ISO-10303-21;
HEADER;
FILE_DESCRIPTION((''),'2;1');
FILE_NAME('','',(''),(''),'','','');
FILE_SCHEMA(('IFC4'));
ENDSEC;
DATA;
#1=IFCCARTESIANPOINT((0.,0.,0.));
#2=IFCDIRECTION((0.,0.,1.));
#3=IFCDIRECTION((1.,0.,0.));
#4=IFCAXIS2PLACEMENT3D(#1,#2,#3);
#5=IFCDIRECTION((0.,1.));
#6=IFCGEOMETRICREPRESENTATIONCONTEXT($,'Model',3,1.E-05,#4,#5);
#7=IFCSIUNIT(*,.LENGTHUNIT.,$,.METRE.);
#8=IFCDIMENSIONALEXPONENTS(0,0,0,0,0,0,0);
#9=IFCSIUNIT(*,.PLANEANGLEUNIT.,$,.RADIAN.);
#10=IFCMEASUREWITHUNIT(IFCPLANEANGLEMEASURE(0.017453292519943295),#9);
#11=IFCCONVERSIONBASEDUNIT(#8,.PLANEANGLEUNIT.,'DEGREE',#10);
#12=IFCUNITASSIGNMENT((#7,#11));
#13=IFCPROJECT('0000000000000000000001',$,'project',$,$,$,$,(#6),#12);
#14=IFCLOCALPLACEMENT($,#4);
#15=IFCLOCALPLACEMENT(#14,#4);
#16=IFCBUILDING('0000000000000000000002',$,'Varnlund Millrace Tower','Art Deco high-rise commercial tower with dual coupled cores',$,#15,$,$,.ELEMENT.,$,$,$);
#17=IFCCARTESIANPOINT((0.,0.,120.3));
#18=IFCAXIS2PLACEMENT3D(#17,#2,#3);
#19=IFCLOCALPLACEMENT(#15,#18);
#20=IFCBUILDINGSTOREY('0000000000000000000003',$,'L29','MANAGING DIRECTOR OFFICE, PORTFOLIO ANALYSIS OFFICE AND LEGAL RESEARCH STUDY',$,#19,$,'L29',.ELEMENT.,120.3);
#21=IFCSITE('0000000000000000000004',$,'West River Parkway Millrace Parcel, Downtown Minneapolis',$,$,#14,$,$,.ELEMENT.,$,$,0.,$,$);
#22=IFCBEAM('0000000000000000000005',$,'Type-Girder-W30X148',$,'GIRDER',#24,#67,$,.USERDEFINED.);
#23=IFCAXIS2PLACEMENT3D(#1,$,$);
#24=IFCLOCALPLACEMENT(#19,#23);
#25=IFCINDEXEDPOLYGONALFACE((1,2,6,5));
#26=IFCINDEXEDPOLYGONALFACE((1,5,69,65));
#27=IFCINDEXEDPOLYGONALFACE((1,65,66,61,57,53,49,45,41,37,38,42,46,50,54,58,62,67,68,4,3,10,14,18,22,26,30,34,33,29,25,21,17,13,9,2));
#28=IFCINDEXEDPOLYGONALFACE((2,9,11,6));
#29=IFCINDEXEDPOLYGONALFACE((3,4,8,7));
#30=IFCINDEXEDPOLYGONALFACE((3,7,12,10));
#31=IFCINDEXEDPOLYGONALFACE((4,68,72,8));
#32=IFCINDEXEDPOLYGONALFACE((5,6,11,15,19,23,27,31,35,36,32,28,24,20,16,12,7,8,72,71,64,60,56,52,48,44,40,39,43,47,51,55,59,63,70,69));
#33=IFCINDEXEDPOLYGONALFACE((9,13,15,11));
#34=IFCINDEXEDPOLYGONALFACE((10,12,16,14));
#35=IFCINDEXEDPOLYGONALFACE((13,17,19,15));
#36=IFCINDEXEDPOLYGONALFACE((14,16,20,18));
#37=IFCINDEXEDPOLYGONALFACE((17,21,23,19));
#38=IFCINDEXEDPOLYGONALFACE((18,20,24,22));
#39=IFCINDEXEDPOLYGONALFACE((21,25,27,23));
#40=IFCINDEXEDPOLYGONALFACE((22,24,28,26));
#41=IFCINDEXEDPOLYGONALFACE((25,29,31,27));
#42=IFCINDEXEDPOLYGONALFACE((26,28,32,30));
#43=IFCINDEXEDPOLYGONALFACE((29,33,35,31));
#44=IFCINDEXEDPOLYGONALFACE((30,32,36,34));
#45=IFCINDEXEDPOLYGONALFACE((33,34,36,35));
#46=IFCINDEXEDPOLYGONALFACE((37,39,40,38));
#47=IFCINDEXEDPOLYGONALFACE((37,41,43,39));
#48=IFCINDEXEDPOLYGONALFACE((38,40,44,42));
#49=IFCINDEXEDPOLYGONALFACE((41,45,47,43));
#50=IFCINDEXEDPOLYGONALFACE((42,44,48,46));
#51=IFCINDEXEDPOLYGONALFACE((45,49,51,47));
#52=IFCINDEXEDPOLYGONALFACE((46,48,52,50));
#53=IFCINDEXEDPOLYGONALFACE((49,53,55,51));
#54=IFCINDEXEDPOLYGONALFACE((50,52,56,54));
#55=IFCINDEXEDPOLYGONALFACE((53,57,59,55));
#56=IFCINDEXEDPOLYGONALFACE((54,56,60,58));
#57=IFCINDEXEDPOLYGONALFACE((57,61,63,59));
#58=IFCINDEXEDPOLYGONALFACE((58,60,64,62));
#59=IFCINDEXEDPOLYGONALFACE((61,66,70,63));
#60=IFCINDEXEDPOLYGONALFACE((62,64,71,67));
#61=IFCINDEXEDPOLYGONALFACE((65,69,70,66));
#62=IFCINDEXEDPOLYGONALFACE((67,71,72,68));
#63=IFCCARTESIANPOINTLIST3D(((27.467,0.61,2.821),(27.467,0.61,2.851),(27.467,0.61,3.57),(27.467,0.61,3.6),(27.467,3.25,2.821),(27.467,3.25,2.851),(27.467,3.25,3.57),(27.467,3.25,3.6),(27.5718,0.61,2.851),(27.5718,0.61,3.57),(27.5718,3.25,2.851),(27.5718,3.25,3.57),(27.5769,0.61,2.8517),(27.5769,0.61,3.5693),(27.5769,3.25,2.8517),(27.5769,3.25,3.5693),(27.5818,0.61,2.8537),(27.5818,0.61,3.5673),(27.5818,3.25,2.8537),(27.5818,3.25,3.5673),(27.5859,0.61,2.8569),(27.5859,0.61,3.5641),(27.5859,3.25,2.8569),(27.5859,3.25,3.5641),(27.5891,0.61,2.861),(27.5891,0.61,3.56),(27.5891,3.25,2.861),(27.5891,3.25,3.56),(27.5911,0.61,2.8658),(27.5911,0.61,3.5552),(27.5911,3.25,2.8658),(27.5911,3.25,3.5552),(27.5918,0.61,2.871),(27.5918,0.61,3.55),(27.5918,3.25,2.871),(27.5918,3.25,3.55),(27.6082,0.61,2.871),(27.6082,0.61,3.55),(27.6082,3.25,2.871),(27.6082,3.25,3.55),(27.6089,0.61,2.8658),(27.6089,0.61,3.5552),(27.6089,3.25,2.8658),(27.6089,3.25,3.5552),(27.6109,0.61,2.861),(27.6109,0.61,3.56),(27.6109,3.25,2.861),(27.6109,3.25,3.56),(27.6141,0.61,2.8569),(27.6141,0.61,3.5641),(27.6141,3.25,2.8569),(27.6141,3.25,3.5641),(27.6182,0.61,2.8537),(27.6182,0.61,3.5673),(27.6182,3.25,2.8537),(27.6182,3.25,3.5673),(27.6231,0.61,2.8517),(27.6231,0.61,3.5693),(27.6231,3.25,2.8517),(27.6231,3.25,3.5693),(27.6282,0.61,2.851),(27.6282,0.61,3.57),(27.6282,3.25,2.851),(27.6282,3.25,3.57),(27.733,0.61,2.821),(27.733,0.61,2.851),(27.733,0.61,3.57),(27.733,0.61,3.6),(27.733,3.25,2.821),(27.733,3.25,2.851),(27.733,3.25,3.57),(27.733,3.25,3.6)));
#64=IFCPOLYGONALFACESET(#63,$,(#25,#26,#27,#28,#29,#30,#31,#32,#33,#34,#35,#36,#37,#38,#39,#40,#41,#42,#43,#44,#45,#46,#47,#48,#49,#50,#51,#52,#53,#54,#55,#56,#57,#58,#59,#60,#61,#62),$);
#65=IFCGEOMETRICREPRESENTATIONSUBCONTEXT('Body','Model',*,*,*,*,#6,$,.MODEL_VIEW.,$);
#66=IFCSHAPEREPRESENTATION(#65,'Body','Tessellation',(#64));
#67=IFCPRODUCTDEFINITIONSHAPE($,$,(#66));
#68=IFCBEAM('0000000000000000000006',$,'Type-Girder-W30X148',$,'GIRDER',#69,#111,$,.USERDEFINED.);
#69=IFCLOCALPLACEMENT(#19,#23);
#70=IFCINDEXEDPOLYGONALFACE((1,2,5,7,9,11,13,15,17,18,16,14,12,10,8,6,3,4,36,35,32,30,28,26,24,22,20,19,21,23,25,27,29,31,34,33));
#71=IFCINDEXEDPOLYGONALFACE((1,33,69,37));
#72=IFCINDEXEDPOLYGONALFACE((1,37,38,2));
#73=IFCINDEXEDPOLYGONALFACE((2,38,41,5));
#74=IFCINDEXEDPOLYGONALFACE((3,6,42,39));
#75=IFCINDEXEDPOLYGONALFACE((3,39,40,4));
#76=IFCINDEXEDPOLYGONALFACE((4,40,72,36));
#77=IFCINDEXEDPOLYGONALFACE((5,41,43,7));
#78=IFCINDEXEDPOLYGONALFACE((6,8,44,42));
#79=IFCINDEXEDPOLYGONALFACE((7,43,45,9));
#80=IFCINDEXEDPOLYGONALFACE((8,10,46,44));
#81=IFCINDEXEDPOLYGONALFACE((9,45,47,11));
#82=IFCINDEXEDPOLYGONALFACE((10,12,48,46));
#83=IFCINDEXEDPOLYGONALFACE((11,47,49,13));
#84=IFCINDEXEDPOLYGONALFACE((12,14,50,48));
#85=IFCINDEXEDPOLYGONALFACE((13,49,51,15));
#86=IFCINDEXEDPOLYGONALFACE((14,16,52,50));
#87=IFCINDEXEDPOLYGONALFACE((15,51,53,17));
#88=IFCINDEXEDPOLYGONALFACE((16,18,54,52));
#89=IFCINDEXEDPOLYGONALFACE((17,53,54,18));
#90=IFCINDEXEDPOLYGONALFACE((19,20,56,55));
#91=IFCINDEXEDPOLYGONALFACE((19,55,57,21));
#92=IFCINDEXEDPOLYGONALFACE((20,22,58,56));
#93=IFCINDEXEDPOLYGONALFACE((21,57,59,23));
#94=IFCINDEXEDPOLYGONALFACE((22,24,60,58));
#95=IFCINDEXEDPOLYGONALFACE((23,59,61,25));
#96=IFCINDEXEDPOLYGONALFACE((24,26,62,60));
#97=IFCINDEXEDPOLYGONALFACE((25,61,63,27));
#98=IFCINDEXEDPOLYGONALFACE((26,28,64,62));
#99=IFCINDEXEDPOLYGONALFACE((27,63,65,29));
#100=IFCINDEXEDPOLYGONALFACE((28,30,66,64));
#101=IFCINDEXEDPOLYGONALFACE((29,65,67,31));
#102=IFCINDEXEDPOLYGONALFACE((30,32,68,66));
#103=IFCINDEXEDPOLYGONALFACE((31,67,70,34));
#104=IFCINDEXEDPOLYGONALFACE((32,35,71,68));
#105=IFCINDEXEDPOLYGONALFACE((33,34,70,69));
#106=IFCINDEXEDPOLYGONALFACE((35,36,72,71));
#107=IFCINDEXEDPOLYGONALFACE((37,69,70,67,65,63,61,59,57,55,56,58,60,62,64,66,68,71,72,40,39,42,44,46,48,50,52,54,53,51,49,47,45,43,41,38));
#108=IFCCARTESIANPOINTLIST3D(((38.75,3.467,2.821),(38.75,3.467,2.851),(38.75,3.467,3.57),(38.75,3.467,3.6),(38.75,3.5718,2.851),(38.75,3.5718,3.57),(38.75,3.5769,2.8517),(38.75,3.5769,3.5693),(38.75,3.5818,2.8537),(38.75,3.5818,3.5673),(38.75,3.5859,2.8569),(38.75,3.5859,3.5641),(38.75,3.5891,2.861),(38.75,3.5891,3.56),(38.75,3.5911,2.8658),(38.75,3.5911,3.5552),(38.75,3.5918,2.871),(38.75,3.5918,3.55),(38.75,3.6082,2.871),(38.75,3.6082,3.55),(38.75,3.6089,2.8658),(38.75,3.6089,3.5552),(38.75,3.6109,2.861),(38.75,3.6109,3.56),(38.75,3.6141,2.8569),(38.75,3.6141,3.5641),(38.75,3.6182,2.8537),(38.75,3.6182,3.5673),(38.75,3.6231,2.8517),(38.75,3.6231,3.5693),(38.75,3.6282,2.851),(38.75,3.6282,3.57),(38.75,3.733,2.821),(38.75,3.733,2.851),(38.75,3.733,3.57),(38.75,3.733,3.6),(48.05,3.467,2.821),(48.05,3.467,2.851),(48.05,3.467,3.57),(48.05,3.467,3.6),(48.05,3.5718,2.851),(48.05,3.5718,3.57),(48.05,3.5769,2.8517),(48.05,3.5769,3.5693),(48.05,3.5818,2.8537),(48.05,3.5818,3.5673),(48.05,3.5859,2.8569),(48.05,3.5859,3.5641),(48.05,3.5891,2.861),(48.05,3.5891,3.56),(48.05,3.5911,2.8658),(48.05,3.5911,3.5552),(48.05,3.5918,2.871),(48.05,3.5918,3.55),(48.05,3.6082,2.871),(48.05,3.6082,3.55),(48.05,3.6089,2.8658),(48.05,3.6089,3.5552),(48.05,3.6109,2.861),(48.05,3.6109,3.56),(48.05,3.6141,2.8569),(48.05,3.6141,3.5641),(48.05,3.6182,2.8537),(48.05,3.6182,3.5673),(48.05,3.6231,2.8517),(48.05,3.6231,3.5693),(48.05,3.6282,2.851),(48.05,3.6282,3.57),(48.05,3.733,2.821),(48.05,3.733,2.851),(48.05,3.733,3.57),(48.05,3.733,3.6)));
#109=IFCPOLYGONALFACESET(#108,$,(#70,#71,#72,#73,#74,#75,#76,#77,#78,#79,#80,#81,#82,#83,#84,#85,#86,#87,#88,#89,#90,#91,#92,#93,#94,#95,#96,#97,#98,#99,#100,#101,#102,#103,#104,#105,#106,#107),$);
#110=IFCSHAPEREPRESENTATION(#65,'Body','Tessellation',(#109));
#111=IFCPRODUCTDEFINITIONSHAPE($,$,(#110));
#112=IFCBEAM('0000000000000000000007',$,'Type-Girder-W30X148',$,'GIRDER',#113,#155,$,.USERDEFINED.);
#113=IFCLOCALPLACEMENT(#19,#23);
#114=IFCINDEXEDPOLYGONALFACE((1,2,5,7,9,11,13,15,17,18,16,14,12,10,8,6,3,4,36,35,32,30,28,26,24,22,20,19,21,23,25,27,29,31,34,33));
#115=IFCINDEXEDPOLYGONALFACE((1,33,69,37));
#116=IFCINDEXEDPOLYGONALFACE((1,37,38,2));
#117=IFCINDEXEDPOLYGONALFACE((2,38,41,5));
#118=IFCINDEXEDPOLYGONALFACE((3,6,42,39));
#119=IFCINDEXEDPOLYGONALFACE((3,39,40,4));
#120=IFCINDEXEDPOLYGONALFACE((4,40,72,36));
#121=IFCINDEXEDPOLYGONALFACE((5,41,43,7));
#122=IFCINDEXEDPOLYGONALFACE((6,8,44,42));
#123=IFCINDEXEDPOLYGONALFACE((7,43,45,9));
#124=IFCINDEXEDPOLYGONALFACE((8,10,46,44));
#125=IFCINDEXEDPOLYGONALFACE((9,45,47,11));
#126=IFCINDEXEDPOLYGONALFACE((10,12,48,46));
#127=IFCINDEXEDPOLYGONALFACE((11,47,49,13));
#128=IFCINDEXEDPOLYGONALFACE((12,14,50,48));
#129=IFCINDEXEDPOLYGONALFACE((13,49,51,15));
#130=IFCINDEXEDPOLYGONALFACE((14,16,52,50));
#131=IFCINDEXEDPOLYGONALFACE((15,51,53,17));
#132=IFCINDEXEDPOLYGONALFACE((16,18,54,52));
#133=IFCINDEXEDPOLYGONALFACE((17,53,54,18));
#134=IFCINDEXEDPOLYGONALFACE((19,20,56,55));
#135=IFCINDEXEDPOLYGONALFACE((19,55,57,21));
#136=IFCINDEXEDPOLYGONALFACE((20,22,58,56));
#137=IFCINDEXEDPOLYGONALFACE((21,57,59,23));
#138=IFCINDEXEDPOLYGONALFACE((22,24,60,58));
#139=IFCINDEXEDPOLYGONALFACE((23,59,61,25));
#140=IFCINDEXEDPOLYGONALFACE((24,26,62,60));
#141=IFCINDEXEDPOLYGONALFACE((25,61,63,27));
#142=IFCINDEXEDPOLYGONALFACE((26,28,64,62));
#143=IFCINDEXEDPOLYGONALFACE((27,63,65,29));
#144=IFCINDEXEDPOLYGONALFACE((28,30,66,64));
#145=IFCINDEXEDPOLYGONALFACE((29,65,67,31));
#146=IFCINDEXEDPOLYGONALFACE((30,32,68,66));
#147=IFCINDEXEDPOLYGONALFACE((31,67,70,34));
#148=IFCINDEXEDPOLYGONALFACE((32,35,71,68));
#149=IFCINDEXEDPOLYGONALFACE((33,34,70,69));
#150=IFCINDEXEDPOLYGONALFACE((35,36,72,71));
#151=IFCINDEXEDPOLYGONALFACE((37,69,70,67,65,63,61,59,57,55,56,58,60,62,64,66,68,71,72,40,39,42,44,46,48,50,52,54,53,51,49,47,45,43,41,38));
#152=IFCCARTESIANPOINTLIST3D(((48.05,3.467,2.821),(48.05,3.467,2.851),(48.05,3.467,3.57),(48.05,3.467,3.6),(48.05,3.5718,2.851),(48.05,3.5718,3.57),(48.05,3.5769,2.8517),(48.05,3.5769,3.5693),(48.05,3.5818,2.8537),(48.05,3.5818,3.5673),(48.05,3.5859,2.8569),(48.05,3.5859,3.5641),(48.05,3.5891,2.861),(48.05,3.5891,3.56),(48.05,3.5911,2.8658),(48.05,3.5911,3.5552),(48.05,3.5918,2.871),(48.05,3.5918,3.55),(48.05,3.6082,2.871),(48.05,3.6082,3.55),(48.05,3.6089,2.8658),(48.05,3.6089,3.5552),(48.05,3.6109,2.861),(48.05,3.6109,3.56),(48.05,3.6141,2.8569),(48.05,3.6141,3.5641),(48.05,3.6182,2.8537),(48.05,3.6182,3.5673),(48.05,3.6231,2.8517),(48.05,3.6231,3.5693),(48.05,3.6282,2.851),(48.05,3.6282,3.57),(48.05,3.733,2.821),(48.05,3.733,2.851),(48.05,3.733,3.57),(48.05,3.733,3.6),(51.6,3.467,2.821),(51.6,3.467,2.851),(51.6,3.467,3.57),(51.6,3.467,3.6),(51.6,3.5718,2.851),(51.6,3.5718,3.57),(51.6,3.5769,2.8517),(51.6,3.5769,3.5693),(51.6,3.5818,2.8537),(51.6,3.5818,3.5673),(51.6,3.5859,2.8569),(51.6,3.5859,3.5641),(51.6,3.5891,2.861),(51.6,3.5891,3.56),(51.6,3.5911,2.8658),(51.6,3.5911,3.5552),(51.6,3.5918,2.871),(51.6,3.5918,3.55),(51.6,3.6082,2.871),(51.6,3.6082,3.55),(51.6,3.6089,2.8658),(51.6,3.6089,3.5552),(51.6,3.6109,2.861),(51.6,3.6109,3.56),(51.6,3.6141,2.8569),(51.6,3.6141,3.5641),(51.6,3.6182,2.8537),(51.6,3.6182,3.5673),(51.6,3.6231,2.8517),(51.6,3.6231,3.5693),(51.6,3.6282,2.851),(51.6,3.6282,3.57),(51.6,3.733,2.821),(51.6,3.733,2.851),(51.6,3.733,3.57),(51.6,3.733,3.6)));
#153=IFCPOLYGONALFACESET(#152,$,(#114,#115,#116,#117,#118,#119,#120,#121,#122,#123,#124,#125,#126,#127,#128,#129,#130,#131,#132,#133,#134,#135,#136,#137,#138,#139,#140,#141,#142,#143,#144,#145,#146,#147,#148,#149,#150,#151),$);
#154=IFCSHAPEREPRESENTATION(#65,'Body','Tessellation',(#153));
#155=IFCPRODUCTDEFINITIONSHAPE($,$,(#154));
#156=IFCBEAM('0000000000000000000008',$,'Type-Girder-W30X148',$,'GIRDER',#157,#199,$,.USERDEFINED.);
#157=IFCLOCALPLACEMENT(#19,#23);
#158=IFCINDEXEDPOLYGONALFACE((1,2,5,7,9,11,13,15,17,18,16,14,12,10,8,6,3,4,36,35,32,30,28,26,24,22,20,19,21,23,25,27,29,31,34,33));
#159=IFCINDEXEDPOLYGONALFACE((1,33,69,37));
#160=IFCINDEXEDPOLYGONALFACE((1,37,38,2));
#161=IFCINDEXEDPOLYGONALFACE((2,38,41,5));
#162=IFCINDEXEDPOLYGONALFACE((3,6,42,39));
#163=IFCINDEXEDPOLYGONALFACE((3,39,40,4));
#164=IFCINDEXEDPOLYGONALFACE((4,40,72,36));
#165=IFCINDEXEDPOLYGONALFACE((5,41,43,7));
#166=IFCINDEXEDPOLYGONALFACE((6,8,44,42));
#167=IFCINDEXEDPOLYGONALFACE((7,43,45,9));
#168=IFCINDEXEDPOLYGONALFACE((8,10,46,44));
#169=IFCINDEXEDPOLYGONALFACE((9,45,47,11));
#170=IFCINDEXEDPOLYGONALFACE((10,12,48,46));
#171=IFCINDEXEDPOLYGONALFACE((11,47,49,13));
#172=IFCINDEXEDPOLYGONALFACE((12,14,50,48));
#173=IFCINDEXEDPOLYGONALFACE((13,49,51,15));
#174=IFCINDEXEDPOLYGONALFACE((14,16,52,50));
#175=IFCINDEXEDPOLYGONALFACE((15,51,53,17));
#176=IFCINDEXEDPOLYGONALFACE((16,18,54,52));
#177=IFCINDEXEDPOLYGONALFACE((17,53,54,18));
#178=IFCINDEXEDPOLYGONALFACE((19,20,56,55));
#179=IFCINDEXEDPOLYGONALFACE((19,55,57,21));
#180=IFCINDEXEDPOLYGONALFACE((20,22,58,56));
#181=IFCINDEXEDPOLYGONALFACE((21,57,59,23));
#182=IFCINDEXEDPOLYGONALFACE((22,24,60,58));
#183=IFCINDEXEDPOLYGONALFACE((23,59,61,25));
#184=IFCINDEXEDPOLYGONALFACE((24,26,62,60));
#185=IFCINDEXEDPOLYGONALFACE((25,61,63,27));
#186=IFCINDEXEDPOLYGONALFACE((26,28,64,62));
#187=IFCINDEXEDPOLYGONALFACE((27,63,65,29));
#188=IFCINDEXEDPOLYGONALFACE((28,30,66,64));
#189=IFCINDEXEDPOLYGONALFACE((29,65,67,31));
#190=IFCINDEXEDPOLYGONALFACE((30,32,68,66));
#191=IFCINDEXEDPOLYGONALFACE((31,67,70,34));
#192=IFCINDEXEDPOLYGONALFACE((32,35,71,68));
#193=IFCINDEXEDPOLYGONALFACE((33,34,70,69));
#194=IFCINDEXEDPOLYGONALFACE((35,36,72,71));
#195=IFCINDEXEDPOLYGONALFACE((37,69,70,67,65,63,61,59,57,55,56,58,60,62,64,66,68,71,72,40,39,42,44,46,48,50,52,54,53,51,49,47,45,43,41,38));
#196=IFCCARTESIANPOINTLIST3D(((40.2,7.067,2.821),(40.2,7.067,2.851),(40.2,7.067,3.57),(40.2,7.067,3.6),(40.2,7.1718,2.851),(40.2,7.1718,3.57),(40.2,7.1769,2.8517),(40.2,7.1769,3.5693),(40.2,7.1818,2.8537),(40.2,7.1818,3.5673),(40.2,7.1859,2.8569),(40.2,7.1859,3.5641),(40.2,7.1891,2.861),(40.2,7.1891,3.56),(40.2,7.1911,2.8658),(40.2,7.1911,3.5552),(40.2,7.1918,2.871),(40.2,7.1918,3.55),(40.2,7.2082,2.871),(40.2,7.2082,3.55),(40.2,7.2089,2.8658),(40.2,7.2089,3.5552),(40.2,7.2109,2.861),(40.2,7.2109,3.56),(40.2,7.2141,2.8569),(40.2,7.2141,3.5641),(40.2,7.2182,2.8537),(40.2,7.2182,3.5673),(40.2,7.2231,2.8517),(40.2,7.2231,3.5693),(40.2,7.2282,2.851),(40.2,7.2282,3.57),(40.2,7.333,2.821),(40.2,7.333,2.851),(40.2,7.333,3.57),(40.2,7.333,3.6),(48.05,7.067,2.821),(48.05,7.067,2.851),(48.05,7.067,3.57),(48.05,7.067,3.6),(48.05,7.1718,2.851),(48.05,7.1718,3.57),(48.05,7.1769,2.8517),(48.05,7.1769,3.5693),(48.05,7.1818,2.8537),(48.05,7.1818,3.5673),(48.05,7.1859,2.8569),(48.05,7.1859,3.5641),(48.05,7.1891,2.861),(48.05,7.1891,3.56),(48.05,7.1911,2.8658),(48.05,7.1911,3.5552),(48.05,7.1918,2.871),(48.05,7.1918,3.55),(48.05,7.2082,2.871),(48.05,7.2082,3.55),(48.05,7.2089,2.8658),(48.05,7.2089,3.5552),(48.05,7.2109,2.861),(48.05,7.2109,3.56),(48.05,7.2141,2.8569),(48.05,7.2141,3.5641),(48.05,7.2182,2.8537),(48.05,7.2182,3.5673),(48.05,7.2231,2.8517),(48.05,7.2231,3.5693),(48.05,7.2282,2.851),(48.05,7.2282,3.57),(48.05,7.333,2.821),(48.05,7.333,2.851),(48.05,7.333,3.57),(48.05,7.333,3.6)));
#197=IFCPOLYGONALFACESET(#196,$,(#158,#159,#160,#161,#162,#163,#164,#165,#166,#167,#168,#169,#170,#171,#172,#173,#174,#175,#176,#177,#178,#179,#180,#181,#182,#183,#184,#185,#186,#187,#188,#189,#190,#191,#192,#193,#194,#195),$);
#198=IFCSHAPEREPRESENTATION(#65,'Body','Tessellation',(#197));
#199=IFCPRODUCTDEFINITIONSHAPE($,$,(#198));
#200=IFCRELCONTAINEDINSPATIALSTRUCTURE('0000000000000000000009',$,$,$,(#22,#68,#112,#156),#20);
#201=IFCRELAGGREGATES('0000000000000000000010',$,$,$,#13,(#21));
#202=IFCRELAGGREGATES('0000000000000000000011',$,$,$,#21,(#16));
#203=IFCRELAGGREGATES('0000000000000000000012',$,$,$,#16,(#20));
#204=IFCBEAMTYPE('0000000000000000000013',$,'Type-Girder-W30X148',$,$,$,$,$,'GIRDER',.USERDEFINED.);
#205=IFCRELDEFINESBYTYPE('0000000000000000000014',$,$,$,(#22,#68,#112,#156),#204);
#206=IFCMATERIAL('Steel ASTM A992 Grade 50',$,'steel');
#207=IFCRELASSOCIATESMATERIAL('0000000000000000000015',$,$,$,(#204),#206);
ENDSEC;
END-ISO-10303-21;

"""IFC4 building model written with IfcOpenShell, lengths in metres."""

from ifc_helpers import new_model, entity, si_unit, converted_unit, direction, frame, origin_with_axes, origin_2d_with_axis, place, context, subcontext, project, spatial, i_section, extrude, material, material_profile, profile_set, type_object, element, save


model = new_model("IFC4")

# Units and contexts
model_context = context("Model", 3, precision=1e-05, world=origin_with_axes(), true_north=direction((0.0, 1.0)))
body_context = subcontext(model_context, "Body", "Model", "MODEL_VIEW")
ifc_project = project(units=[si_unit("LENGTHUNIT", "METRE"), converted_unit("PLANEANGLEUNIT", "DEGREE", entity("IfcPlaneAngleMeasure", 0.017453292519943295), si_unit("PLANEANGLEUNIT", "RADIAN"), dimensions=[0, 0, 0, 0, 0, 0, 0])], contexts=[model_context])

# Site, building, storey
site_placement = place(None, origin_with_axes())
site = spatial("IfcSite", under=ifc_project, at=site_placement, Name="West River Parkway Millrace Parcel, Downtown Minneapolis", CompositionType="ELEMENT", RefElevation=0.0)
building_placement = place(site_placement, origin_with_axes())
building = spatial("IfcBuilding", under=site, at=building_placement, Name="Varnlund Millrace Tower", Description="Art Deco high-rise commercial tower with dual coupled cores", CompositionType="ELEMENT")
storey_placement = place(building_placement, frame((0.0, 0.0, 120.3), z_axis=(0.0, 0.0, 1.0), x_axis=(1.0, 0.0, 0.0)))
storey = spatial("IfcBuildingStorey", under=building, at=storey_placement, Name="L29", Description="MANAGING DIRECTOR OFFICE, PORTFOLIO ANALYSIS OFFICE AND LEGAL RESEARCH STUDY", LongName="L29", CompositionType="ELEMENT", Elevation=120.3)

# Beams
ifc_material_1 = material(Name="Steel ASTM A992 Grade 50", Category="steel")
ifc_material_profile_1 = material_profile(ifc_material_1, i_section(OverallWidth=0.266, OverallDepth=0.779, WebThickness=0.0165, FlangeThickness=0.03, FilletRadius=0.02, at=origin_2d_with_axis()), Name="Steel ASTM A992 Grade 50")
ifc_profile_set_1 = profile_set([ifc_material_profile_1], Name="Steel ASTM A992 Grade 50")
beam_type_1 = type_object("IfcBeamType", Name="Type-Girder-W30X148", ElementType="GIRDER", PredefinedType="USERDEFINED", material=ifc_profile_set_1)
beam_1_placement = place(storey_placement, frame((27.6, 0.61, 3.2105), z_axis=(0.0, 1.0, 0.0), x_axis=(-1.0, 0.0, 0.0)))
element("IfcBeam", 1, at=beam_1_placement, inside=storey, type_object=beam_type_1, Name="Type-Girder-W30X148", ObjectType="GIRDER", PredefinedType="USERDEFINED", context=body_context, shape_type="SweptSolid", body=[
    extrude(i_section(OverallWidth=0.266, OverallDepth=0.779, WebThickness=0.0165, FlangeThickness=0.03, FilletRadius=0.02, at=origin_2d_with_axis()), origin_with_axes(), (0.0, 0.0, 1.0), 2.64),
])
beam_2_placement = place(storey_placement, frame((38.75, 3.6, 3.2105), z_axis=(1.0, 0.0, 0.0), x_axis=(0.0, 1.0, 0.0)))
element("IfcBeam", 2, at=beam_2_placement, inside=storey, type_object=beam_type_1, Name="Type-Girder-W30X148", ObjectType="GIRDER", PredefinedType="USERDEFINED", context=body_context, shape_type="SweptSolid", body=[
    extrude(i_section(OverallWidth=0.266, OverallDepth=0.779, WebThickness=0.0165, FlangeThickness=0.03, FilletRadius=0.02, at=origin_2d_with_axis()), origin_with_axes(), (0.0, 0.0, 1.0), 9.3),
])
beam_3_placement = place(storey_placement, frame((48.05, 3.6, 3.2105), z_axis=(1.0, 0.0, 0.0), x_axis=(0.0, 1.0, 0.0)))
element("IfcBeam", 3, at=beam_3_placement, inside=storey, type_object=beam_type_1, Name="Type-Girder-W30X148", ObjectType="GIRDER", PredefinedType="USERDEFINED", context=body_context, shape_type="SweptSolid", body=[
    extrude(i_section(OverallWidth=0.266, OverallDepth=0.779, WebThickness=0.0165, FlangeThickness=0.03, FilletRadius=0.02, at=origin_2d_with_axis()), origin_with_axes(), (0.0, 0.0, 1.0), 3.55),
])
beam_4_placement = place(storey_placement, frame((40.2, 7.2, 3.2105), z_axis=(1.0, 0.0, 0.0), x_axis=(0.0, 1.0, 0.0)))
element("IfcBeam", 4, at=beam_4_placement, inside=storey, type_object=beam_type_1, Name="Type-Girder-W30X148", ObjectType="GIRDER", PredefinedType="USERDEFINED", context=body_context, shape_type="SweptSolid", body=[
    extrude(i_section(OverallWidth=0.266, OverallDepth=0.779, WebThickness=0.0165, FlangeThickness=0.03, FilletRadius=0.02, at=origin_2d_with_axis()), origin_with_axes(), (0.0, 0.0, 1.0), 7.85),
])

save(model, "model.ifc")
